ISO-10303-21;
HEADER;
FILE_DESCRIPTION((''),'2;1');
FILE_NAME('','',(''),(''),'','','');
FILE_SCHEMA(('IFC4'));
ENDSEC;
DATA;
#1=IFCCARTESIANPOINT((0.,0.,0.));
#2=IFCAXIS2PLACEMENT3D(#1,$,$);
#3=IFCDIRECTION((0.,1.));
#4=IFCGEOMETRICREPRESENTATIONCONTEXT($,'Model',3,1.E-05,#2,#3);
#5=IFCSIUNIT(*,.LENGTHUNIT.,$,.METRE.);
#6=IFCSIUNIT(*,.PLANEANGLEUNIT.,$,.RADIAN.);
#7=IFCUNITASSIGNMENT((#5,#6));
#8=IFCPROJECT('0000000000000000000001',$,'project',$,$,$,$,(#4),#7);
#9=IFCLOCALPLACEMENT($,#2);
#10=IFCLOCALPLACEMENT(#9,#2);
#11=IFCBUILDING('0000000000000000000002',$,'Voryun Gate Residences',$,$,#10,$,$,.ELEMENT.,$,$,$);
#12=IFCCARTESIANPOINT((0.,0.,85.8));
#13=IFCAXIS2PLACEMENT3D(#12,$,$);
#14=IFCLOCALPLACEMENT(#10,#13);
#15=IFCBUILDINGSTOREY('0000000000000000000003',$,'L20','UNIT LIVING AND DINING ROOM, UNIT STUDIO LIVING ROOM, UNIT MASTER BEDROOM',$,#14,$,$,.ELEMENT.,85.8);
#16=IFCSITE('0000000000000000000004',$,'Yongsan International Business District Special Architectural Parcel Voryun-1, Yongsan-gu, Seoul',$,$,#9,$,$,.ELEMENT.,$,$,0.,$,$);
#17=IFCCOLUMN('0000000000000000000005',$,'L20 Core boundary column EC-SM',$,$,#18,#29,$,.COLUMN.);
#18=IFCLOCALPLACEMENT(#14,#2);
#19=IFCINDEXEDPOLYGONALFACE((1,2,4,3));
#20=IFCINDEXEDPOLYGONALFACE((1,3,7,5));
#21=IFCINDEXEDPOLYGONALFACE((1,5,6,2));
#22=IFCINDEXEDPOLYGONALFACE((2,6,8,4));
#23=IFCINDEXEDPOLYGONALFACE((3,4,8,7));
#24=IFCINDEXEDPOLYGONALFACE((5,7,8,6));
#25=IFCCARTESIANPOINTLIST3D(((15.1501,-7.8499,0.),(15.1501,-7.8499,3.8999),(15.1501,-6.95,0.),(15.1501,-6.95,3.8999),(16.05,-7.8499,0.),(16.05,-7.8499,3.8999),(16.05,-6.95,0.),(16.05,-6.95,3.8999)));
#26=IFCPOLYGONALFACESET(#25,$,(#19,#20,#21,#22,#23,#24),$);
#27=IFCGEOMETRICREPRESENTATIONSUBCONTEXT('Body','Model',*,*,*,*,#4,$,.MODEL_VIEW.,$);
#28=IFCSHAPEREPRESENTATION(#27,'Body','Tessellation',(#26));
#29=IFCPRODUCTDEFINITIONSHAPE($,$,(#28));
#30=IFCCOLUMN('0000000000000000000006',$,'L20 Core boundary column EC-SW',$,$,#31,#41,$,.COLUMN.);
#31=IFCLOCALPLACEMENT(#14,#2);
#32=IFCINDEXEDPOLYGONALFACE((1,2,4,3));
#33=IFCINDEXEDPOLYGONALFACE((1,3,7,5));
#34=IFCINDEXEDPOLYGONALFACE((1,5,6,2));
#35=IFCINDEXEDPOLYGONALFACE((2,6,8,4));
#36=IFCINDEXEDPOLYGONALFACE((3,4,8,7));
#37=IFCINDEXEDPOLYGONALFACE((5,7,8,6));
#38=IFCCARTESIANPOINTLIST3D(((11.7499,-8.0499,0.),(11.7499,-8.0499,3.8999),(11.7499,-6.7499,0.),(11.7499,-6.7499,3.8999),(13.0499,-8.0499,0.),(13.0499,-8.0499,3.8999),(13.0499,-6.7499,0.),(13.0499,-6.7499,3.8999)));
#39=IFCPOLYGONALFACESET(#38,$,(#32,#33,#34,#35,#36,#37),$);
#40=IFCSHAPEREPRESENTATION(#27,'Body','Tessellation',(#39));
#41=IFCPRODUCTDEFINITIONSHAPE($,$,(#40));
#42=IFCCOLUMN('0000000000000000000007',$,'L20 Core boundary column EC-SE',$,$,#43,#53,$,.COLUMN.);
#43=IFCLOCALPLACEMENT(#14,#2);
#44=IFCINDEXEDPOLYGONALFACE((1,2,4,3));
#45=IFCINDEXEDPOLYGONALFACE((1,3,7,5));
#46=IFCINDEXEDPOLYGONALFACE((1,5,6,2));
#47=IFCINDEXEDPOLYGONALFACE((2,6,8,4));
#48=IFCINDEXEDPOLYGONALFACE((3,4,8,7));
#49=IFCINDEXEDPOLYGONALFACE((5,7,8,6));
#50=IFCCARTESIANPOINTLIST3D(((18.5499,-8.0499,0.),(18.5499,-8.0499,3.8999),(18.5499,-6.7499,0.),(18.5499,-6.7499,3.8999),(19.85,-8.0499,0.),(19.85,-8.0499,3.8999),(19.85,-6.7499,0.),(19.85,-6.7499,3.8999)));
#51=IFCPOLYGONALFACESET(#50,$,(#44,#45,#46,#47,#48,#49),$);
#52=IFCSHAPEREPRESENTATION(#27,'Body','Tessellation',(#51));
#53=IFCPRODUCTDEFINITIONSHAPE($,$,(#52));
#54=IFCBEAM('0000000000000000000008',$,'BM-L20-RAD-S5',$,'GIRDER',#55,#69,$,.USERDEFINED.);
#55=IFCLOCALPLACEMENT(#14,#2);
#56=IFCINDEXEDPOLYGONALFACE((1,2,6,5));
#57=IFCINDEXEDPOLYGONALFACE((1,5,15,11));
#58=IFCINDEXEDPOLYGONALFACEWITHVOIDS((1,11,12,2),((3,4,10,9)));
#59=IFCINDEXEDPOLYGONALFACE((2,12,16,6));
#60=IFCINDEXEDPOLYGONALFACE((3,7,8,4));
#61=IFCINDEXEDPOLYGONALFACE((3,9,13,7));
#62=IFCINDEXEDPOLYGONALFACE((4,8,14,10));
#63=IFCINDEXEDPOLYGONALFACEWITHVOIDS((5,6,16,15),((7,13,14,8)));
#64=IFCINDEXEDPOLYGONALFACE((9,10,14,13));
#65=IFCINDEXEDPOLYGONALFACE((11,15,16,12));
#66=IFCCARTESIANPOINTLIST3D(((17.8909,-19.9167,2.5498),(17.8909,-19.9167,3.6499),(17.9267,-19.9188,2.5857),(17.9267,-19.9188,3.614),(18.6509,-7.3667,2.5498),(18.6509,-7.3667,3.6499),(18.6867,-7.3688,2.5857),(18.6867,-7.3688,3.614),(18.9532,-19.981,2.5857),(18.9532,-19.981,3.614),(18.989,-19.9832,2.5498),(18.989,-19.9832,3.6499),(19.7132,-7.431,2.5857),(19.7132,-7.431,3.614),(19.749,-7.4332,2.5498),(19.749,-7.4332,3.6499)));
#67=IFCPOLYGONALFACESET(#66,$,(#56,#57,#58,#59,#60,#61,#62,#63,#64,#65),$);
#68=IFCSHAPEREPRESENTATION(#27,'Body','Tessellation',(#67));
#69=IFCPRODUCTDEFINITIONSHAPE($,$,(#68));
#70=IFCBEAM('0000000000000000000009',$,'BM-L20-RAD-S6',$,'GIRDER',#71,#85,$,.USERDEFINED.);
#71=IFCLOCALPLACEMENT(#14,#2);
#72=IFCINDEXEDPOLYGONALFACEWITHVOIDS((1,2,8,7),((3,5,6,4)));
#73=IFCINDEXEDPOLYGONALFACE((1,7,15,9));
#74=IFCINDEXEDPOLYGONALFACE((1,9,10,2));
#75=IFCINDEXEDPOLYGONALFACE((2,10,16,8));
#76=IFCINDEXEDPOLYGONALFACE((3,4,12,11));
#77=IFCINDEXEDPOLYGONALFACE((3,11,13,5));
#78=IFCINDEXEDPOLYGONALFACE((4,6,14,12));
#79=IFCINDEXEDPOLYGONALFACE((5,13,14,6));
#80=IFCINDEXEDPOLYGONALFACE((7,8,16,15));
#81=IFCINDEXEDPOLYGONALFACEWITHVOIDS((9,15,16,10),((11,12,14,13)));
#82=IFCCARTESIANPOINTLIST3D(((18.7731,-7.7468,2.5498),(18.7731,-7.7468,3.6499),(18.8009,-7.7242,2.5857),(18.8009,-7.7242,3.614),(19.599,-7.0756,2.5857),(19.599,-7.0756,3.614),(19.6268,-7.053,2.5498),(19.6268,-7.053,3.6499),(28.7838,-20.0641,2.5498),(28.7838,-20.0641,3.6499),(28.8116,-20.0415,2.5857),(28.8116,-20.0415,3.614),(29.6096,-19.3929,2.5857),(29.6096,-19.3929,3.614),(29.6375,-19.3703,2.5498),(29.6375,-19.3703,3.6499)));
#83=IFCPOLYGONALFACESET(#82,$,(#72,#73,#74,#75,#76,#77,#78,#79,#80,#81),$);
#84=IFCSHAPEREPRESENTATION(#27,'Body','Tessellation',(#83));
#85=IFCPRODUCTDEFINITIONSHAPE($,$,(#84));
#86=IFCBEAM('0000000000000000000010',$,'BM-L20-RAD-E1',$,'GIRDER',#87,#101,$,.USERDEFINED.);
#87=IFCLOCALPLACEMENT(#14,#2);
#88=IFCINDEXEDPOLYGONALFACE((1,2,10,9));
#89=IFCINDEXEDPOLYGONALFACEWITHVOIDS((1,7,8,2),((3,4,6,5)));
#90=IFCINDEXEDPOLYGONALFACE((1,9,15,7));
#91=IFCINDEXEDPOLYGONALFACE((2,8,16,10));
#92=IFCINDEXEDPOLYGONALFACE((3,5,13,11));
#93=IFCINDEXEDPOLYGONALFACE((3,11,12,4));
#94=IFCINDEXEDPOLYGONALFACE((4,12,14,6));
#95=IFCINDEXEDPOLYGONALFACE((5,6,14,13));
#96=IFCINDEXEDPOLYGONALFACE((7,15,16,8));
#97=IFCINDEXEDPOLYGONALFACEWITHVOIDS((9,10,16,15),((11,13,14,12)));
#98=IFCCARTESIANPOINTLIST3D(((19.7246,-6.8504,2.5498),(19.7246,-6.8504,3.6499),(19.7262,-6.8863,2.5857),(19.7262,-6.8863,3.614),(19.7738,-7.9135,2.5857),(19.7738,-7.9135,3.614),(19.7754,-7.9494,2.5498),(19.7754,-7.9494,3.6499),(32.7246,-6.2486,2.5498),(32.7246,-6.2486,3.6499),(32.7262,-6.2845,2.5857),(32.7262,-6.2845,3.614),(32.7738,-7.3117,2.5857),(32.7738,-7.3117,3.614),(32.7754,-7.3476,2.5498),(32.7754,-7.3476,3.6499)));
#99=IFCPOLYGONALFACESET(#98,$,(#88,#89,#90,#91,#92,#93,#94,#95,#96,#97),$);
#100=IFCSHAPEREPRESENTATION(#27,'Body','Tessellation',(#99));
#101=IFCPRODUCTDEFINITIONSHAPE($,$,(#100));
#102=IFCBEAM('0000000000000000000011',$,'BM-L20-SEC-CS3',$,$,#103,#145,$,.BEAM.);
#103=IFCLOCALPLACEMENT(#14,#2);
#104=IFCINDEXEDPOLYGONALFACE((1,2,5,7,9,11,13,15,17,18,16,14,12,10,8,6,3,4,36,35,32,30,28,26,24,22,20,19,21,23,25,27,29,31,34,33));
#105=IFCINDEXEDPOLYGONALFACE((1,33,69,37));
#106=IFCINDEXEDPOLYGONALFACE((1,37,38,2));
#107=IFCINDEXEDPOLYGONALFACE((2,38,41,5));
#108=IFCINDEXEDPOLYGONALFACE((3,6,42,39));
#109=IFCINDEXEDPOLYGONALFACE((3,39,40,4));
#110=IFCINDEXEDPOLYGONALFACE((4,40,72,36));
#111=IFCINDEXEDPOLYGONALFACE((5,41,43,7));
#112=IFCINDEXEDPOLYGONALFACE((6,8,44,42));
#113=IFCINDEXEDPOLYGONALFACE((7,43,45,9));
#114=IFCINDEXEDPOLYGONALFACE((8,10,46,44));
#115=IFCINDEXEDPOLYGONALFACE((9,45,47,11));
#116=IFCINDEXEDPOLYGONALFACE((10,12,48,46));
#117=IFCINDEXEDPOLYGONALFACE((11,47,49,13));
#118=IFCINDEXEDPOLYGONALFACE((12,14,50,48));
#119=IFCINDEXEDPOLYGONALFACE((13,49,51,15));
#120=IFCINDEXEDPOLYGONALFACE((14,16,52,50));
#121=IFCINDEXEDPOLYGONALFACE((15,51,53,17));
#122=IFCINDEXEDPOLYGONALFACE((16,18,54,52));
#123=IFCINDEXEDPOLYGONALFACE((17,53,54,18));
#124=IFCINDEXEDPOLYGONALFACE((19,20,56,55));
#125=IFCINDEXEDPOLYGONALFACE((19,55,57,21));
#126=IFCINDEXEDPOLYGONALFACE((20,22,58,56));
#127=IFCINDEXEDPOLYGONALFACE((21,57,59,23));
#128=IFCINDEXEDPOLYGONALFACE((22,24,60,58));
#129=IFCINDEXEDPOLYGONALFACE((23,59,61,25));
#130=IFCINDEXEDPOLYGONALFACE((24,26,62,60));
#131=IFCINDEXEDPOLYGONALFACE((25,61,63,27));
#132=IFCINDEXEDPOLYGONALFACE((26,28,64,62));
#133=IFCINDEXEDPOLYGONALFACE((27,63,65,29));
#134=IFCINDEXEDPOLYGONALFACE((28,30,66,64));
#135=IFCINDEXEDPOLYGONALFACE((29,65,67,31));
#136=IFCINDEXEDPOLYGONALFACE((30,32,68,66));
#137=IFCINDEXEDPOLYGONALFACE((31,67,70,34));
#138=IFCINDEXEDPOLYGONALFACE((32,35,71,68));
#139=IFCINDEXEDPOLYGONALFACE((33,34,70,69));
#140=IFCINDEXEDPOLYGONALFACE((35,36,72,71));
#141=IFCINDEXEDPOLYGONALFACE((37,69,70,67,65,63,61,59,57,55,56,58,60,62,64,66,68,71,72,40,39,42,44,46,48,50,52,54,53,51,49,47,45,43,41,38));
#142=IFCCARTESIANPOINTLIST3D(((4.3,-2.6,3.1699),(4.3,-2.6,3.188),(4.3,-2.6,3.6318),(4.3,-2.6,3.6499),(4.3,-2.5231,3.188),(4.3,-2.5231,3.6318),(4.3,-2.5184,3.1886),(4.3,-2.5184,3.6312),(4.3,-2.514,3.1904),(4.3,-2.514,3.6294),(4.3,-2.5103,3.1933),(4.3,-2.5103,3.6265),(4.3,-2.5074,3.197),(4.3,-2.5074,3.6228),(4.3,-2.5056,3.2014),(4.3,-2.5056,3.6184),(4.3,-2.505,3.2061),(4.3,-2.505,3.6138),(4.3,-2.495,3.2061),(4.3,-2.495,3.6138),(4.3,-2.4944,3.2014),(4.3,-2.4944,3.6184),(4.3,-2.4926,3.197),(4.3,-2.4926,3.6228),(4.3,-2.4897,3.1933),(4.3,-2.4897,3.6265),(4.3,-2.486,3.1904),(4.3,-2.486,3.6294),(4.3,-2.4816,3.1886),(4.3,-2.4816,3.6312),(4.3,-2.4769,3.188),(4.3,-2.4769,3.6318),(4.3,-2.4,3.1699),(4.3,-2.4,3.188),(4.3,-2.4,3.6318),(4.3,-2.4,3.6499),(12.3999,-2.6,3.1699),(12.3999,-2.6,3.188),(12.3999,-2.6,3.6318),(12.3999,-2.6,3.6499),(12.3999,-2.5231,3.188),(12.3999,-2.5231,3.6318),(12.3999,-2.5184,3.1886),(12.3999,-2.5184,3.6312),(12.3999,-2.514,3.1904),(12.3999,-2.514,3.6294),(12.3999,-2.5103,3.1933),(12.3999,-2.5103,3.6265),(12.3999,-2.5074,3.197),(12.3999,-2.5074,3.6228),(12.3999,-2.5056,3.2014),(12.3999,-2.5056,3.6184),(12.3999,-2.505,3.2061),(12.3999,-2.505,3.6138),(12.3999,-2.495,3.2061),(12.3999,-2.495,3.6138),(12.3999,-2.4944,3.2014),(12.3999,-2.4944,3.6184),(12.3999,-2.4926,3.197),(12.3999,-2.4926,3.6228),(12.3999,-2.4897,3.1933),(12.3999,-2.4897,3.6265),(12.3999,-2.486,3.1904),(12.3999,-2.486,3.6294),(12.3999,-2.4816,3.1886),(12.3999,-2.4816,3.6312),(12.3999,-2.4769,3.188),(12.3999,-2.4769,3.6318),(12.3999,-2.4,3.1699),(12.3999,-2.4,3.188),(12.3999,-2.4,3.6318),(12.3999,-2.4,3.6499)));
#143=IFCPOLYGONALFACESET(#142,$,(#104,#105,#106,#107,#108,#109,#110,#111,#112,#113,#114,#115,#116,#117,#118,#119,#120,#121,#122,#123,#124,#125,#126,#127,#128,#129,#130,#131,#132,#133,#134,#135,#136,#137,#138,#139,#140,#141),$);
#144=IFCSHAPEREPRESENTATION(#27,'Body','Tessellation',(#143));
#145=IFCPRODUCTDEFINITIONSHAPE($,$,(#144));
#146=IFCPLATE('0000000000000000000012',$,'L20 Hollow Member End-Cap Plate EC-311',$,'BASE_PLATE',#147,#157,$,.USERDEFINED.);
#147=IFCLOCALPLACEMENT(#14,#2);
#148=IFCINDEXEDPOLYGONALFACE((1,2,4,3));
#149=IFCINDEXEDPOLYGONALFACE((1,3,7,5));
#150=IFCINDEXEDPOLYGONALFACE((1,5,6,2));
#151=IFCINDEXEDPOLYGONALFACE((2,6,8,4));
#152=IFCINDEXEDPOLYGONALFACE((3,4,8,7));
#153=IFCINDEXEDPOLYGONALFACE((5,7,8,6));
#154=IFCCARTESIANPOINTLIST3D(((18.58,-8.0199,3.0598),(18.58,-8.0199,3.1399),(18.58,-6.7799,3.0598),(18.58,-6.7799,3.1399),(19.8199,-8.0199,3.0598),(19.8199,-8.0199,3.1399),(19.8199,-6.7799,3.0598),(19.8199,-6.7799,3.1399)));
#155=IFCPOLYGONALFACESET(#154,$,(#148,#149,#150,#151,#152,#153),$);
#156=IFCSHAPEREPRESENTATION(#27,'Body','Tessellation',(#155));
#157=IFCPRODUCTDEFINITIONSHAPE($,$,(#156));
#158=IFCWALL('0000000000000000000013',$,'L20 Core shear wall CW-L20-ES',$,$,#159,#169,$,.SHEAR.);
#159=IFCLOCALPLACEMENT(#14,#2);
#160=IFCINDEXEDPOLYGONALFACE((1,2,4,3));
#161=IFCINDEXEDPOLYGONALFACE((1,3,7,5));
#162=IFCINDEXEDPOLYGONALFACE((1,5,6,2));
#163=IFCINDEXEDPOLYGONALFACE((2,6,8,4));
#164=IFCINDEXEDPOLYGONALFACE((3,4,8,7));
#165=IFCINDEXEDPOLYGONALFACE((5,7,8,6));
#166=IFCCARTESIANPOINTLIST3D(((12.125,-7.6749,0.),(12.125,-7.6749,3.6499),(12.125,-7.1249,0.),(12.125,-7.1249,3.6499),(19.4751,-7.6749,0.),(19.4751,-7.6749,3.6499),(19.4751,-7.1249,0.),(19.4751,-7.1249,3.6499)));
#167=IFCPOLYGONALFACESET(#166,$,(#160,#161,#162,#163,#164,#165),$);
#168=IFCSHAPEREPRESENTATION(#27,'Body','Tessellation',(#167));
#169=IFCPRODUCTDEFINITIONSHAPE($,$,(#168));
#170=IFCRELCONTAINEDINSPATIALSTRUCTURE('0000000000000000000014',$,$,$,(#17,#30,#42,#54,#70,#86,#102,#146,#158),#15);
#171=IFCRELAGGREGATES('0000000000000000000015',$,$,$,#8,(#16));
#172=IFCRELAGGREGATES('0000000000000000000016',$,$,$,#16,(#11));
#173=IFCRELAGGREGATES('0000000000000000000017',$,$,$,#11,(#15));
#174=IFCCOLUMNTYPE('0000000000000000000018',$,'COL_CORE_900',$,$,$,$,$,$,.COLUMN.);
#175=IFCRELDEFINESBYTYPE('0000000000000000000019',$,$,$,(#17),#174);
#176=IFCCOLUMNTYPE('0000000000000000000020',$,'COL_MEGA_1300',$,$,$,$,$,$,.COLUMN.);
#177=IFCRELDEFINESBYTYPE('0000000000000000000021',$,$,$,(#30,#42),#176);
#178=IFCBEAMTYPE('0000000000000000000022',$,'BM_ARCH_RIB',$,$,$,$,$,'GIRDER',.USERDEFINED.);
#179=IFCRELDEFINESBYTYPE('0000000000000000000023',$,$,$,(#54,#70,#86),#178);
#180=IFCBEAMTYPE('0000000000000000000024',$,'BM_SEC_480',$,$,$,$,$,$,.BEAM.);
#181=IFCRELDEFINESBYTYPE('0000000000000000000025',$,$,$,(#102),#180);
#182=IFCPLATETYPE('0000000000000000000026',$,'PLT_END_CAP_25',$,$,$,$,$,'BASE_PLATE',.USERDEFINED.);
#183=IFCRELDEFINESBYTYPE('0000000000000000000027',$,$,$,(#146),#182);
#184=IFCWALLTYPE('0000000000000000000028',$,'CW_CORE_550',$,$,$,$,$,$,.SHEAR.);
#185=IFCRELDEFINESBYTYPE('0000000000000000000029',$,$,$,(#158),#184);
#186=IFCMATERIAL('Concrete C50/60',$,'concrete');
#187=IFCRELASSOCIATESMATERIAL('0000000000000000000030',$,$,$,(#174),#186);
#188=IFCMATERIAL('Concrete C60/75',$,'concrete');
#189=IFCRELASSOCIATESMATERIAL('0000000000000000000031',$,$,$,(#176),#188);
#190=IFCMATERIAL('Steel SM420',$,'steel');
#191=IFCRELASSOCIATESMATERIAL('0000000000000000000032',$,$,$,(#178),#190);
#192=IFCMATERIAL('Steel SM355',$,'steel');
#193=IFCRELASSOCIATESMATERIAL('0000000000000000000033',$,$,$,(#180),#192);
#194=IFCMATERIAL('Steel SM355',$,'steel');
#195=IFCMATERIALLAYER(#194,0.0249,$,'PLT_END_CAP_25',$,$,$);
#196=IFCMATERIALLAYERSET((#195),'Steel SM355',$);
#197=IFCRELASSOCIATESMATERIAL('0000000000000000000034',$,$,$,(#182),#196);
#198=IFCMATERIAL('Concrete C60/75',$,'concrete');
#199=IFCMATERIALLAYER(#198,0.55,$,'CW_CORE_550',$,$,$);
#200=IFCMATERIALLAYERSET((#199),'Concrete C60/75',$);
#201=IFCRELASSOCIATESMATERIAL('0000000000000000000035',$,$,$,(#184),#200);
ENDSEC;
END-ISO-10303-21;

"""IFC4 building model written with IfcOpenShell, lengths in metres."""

from ifc_helpers import new_model, si_unit, direction, frame, frame_2d, origin, origin_2d, place, context, subcontext, project, spatial, rectangle, hollow_rectangle, i_section, extrude, material, layer, layer_set, material_profile, profile_set, type_object, element, save


model = new_model("IFC4")

# Units and contexts
model_context = context("Model", 3, precision=1e-05, world=origin(), true_north=direction((0.0, 1.0)))
body_context = subcontext(model_context, "Body", "Model", "MODEL_VIEW")
ifc_project = project(units=[si_unit("LENGTHUNIT", "METRE"), si_unit("PLANEANGLEUNIT", "RADIAN")], contexts=[model_context])

# Site, building, storey
site_placement = place(None, origin())
site = spatial("IfcSite", under=ifc_project, at=site_placement, Name="Yongsan International Business District Special Architectural Parcel Voryun-1, Yongsan-gu, Seoul", CompositionType="ELEMENT", RefElevation=0.0)
building_placement = place(site_placement, origin())
building = spatial("IfcBuilding", under=site, at=building_placement, Name="Voryun Gate Residences", CompositionType="ELEMENT")
storey_placement = place(building_placement, frame((0.0, 0.0, 85.8)))
storey = spatial("IfcBuildingStorey", under=building, at=storey_placement, Name="L20", Description="UNIT LIVING AND DINING ROOM, UNIT STUDIO LIVING ROOM, UNIT MASTER BEDROOM", CompositionType="ELEMENT", Elevation=85.8)

# Columns
ifc_material_1 = material(Name="Concrete C50/60", Category="concrete")
ifc_material_profile_1 = material_profile(ifc_material_1, rectangle(XDim=0.8999, YDim=0.8999, at=origin_2d()), Name="RC-900x900")
ifc_profile_set_1 = profile_set([ifc_material_profile_1], Name="Concrete C50/60")
column_type_1 = type_object("IfcColumnType", Name="COL_CORE_900", PredefinedType="COLUMN", material=ifc_profile_set_1)
column_placement = place(storey_placement, frame((15.6001, -7.3999, 0.0), z_axis=(0.0, 0.0, 1.0), x_axis=(1.0, 0.0, 0.0)))
element("IfcColumn", 1, at=column_placement, inside=storey, type_object=column_type_1, Name="L20 Core boundary column EC-SM", PredefinedType="COLUMN", context=body_context, shape_type="SweptSolid", body=[
    extrude(rectangle(XDim=0.8999, YDim=0.8999, at=origin_2d()), origin(), (0.0, 0.0, 1.0), 3.8999),
])
ifc_material_2 = material(Name="Concrete C60/75", Category="concrete")
ifc_material_profile_2 = material_profile(ifc_material_2, rectangle(XDim=1.3, YDim=1.3, at=origin_2d()), Name="RC-1300x1300")
ifc_profile_set_2 = profile_set([ifc_material_profile_2], Name="Concrete C60/75")
column_type_2 = type_object("IfcColumnType", Name="COL_MEGA_1300", PredefinedType="COLUMN", material=ifc_profile_set_2)
for number, where, z_axis, x_axis, name in (
    (2, (12.3999, -7.3999, 0.0), (0.0, 0.0, 1.0), (1.0, 0.0, 0.0), "L20 Core boundary column EC-SW"),
    (3, (19.2, -7.3999, 0.0), (0.0, 0.0, 1.0), (1.0, 0.0, 0.0), "L20 Core boundary column EC-SE"),
):
    element("IfcColumn", number, at=place(storey_placement, frame(where, z_axis=z_axis, x_axis=x_axis)), inside=storey, type_object=column_type_2, Name=name, PredefinedType="COLUMN", context=body_context, shape_type="SweptSolid", body=[
        extrude(rectangle(XDim=1.3, YDim=1.3, at=origin_2d()), origin(), (0.0, 0.0, 1.0), 3.8999),
    ])

# Beams
ifc_material_3 = material(Name="Steel SM420", Category="steel")
ifc_material_profile_3 = material_profile(ifc_material_3, hollow_rectangle(XDim=1.1001, YDim=1.1001, WallThickness=0.0359, at=origin_2d()), Name="BOX-1100x1100x36")
ifc_profile_set_3 = profile_set([ifc_material_profile_3], Name="Steel SM420")
beam_type_1 = type_object("IfcBeamType", Name="BM_ARCH_RIB", ElementType="GIRDER", PredefinedType="USERDEFINED", material=ifc_profile_set_3)
beam_1_placement = place(storey_placement, frame((19.2, -7.3999, 3.0999), z_axis=(-0.060448, -0.998171, 0.0), x_axis=(0.998171, -0.060448, 0.0)))
element("IfcBeam", 4, at=beam_1_placement, inside=storey, type_object=beam_type_1, Name="BM-L20-RAD-S5", ObjectType="GIRDER", PredefinedType="USERDEFINED", context=body_context, shape_type="SweptSolid", body=[
    extrude(hollow_rectangle(XDim=1.1001, YDim=1.1001, WallThickness=0.0359, at=origin_2d()), origin(), (0.0, 0.0, 1.0), 12.573),
])
beam_2_placement = place(storey_placement, frame((19.2, -7.3999, 3.0999), z_axis=(0.630701, -0.776026, 0.0), x_axis=(0.776026, 0.630701, 0.0)))
element("IfcBeam", 5, at=beam_2_placement, inside=storey, type_object=beam_type_1, Name="BM-L20-RAD-S6", ObjectType="GIRDER", PredefinedType="USERDEFINED", context=body_context, shape_type="SweptSolid", body=[
    extrude(hollow_rectangle(XDim=1.1001, YDim=1.1001, WallThickness=0.0359, at=origin_2d()), origin(), (0.0, 0.0, 1.0), 15.8723),
])
beam_3_placement = place(storey_placement, frame((19.75, -7.3999, 3.0999), z_axis=(0.99893, 0.046243, 0.0), x_axis=(-0.046243, 0.99893, 0.0)))
element("IfcBeam", 6, at=beam_3_placement, inside=storey, type_object=beam_type_1, Name="BM-L20-RAD-E1", ObjectType="GIRDER", PredefinedType="USERDEFINED", context=body_context, shape_type="SweptSolid", body=[
    extrude(hollow_rectangle(XDim=1.1001, YDim=1.1001, WallThickness=0.0359, at=origin_2d()), origin(), (0.0, 0.0, 1.0), 13.0139),
])
ifc_material_4 = material(Name="Steel SM355", Category="steel")
ifc_material_profile_4 = material_profile(ifc_material_4, i_section(OverallWidth=0.2, OverallDepth=0.48, WebThickness=0.01, FlangeThickness=0.0181, FilletRadius=0.0181, at=origin_2d()), Name="H-480x200x10x18")
ifc_profile_set_4 = profile_set([ifc_material_profile_4], Name="Steel SM355")
beam_type_2 = type_object("IfcBeamType", Name="BM_SEC_480", PredefinedType="BEAM", material=ifc_profile_set_4)
beam_4_placement = place(storey_placement, frame((4.3, -2.5, 3.4099), z_axis=(1.0, 0.0, 0.0), x_axis=(0.0, 1.0, 0.0)))
element("IfcBeam", 7, at=beam_4_placement, inside=storey, type_object=beam_type_2, Name="BM-L20-SEC-CS3", PredefinedType="BEAM", context=body_context, shape_type="SweptSolid", body=[
    extrude(i_section(OverallWidth=0.2, OverallDepth=0.48, WebThickness=0.01, FlangeThickness=0.0181, FilletRadius=0.0181, at=origin_2d()), origin(), (0.0, 0.0, 1.0), 8.0999),
])

# Plate
ifc_material_5 = material(Name="Steel SM355", Category="steel")
ifc_layer_1 = layer(ifc_material_5, 0.0249, Name="PLT_END_CAP_25")
ifc_layer_set_1 = layer_set([ifc_layer_1], Name="Steel SM355")
plate_type = type_object("IfcPlateType", Name="PLT_END_CAP_25", ElementType="BASE_PLATE", PredefinedType="USERDEFINED", material=ifc_layer_set_1)
plate_placement = place(storey_placement, frame((19.2, -7.3999, 3.0598), z_axis=(0.0, 0.0, 1.0), x_axis=(1.0, 0.0, 0.0)))
element("IfcPlate", 8, at=plate_placement, inside=storey, type_object=plate_type, Name="L20 Hollow Member End-Cap Plate EC-311", ObjectType="BASE_PLATE", PredefinedType="USERDEFINED", context=body_context, shape_type="SweptSolid", body=[
    extrude(rectangle(XDim=1.24, YDim=1.24, at=origin_2d()), origin(), (0.0, 0.0, 1.0), 0.0801),
])

# Wall
ifc_material_6 = material(Name="Concrete C60/75", Category="concrete")
ifc_layer_2 = layer(ifc_material_6, 0.55, Name="CW_CORE_550")
ifc_layer_set_2 = layer_set([ifc_layer_2], Name="Concrete C60/75")
wall_type_1 = type_object("IfcWallType", Name="CW_CORE_550", PredefinedType="SHEAR", material=ifc_layer_set_2)
wall_1_placement = place(storey_placement, frame((12.125, -7.3999, 0.0), z_axis=(0.0, 0.0, 1.0), x_axis=(1.0, 0.0, 0.0)))
element("IfcWall", 9, at=wall_1_placement, inside=storey, type_object=wall_type_1, Name="L20 Core shear wall CW-L20-ES", PredefinedType="SHEAR", context=body_context, shape_type="SweptSolid", body=[
    extrude(rectangle(XDim=7.3501, YDim=0.55, at=frame_2d((3.675, 0.0))), origin(), (0.0, 0.0, 1.0), 3.6499),
])

save(model, "model.ifc")
